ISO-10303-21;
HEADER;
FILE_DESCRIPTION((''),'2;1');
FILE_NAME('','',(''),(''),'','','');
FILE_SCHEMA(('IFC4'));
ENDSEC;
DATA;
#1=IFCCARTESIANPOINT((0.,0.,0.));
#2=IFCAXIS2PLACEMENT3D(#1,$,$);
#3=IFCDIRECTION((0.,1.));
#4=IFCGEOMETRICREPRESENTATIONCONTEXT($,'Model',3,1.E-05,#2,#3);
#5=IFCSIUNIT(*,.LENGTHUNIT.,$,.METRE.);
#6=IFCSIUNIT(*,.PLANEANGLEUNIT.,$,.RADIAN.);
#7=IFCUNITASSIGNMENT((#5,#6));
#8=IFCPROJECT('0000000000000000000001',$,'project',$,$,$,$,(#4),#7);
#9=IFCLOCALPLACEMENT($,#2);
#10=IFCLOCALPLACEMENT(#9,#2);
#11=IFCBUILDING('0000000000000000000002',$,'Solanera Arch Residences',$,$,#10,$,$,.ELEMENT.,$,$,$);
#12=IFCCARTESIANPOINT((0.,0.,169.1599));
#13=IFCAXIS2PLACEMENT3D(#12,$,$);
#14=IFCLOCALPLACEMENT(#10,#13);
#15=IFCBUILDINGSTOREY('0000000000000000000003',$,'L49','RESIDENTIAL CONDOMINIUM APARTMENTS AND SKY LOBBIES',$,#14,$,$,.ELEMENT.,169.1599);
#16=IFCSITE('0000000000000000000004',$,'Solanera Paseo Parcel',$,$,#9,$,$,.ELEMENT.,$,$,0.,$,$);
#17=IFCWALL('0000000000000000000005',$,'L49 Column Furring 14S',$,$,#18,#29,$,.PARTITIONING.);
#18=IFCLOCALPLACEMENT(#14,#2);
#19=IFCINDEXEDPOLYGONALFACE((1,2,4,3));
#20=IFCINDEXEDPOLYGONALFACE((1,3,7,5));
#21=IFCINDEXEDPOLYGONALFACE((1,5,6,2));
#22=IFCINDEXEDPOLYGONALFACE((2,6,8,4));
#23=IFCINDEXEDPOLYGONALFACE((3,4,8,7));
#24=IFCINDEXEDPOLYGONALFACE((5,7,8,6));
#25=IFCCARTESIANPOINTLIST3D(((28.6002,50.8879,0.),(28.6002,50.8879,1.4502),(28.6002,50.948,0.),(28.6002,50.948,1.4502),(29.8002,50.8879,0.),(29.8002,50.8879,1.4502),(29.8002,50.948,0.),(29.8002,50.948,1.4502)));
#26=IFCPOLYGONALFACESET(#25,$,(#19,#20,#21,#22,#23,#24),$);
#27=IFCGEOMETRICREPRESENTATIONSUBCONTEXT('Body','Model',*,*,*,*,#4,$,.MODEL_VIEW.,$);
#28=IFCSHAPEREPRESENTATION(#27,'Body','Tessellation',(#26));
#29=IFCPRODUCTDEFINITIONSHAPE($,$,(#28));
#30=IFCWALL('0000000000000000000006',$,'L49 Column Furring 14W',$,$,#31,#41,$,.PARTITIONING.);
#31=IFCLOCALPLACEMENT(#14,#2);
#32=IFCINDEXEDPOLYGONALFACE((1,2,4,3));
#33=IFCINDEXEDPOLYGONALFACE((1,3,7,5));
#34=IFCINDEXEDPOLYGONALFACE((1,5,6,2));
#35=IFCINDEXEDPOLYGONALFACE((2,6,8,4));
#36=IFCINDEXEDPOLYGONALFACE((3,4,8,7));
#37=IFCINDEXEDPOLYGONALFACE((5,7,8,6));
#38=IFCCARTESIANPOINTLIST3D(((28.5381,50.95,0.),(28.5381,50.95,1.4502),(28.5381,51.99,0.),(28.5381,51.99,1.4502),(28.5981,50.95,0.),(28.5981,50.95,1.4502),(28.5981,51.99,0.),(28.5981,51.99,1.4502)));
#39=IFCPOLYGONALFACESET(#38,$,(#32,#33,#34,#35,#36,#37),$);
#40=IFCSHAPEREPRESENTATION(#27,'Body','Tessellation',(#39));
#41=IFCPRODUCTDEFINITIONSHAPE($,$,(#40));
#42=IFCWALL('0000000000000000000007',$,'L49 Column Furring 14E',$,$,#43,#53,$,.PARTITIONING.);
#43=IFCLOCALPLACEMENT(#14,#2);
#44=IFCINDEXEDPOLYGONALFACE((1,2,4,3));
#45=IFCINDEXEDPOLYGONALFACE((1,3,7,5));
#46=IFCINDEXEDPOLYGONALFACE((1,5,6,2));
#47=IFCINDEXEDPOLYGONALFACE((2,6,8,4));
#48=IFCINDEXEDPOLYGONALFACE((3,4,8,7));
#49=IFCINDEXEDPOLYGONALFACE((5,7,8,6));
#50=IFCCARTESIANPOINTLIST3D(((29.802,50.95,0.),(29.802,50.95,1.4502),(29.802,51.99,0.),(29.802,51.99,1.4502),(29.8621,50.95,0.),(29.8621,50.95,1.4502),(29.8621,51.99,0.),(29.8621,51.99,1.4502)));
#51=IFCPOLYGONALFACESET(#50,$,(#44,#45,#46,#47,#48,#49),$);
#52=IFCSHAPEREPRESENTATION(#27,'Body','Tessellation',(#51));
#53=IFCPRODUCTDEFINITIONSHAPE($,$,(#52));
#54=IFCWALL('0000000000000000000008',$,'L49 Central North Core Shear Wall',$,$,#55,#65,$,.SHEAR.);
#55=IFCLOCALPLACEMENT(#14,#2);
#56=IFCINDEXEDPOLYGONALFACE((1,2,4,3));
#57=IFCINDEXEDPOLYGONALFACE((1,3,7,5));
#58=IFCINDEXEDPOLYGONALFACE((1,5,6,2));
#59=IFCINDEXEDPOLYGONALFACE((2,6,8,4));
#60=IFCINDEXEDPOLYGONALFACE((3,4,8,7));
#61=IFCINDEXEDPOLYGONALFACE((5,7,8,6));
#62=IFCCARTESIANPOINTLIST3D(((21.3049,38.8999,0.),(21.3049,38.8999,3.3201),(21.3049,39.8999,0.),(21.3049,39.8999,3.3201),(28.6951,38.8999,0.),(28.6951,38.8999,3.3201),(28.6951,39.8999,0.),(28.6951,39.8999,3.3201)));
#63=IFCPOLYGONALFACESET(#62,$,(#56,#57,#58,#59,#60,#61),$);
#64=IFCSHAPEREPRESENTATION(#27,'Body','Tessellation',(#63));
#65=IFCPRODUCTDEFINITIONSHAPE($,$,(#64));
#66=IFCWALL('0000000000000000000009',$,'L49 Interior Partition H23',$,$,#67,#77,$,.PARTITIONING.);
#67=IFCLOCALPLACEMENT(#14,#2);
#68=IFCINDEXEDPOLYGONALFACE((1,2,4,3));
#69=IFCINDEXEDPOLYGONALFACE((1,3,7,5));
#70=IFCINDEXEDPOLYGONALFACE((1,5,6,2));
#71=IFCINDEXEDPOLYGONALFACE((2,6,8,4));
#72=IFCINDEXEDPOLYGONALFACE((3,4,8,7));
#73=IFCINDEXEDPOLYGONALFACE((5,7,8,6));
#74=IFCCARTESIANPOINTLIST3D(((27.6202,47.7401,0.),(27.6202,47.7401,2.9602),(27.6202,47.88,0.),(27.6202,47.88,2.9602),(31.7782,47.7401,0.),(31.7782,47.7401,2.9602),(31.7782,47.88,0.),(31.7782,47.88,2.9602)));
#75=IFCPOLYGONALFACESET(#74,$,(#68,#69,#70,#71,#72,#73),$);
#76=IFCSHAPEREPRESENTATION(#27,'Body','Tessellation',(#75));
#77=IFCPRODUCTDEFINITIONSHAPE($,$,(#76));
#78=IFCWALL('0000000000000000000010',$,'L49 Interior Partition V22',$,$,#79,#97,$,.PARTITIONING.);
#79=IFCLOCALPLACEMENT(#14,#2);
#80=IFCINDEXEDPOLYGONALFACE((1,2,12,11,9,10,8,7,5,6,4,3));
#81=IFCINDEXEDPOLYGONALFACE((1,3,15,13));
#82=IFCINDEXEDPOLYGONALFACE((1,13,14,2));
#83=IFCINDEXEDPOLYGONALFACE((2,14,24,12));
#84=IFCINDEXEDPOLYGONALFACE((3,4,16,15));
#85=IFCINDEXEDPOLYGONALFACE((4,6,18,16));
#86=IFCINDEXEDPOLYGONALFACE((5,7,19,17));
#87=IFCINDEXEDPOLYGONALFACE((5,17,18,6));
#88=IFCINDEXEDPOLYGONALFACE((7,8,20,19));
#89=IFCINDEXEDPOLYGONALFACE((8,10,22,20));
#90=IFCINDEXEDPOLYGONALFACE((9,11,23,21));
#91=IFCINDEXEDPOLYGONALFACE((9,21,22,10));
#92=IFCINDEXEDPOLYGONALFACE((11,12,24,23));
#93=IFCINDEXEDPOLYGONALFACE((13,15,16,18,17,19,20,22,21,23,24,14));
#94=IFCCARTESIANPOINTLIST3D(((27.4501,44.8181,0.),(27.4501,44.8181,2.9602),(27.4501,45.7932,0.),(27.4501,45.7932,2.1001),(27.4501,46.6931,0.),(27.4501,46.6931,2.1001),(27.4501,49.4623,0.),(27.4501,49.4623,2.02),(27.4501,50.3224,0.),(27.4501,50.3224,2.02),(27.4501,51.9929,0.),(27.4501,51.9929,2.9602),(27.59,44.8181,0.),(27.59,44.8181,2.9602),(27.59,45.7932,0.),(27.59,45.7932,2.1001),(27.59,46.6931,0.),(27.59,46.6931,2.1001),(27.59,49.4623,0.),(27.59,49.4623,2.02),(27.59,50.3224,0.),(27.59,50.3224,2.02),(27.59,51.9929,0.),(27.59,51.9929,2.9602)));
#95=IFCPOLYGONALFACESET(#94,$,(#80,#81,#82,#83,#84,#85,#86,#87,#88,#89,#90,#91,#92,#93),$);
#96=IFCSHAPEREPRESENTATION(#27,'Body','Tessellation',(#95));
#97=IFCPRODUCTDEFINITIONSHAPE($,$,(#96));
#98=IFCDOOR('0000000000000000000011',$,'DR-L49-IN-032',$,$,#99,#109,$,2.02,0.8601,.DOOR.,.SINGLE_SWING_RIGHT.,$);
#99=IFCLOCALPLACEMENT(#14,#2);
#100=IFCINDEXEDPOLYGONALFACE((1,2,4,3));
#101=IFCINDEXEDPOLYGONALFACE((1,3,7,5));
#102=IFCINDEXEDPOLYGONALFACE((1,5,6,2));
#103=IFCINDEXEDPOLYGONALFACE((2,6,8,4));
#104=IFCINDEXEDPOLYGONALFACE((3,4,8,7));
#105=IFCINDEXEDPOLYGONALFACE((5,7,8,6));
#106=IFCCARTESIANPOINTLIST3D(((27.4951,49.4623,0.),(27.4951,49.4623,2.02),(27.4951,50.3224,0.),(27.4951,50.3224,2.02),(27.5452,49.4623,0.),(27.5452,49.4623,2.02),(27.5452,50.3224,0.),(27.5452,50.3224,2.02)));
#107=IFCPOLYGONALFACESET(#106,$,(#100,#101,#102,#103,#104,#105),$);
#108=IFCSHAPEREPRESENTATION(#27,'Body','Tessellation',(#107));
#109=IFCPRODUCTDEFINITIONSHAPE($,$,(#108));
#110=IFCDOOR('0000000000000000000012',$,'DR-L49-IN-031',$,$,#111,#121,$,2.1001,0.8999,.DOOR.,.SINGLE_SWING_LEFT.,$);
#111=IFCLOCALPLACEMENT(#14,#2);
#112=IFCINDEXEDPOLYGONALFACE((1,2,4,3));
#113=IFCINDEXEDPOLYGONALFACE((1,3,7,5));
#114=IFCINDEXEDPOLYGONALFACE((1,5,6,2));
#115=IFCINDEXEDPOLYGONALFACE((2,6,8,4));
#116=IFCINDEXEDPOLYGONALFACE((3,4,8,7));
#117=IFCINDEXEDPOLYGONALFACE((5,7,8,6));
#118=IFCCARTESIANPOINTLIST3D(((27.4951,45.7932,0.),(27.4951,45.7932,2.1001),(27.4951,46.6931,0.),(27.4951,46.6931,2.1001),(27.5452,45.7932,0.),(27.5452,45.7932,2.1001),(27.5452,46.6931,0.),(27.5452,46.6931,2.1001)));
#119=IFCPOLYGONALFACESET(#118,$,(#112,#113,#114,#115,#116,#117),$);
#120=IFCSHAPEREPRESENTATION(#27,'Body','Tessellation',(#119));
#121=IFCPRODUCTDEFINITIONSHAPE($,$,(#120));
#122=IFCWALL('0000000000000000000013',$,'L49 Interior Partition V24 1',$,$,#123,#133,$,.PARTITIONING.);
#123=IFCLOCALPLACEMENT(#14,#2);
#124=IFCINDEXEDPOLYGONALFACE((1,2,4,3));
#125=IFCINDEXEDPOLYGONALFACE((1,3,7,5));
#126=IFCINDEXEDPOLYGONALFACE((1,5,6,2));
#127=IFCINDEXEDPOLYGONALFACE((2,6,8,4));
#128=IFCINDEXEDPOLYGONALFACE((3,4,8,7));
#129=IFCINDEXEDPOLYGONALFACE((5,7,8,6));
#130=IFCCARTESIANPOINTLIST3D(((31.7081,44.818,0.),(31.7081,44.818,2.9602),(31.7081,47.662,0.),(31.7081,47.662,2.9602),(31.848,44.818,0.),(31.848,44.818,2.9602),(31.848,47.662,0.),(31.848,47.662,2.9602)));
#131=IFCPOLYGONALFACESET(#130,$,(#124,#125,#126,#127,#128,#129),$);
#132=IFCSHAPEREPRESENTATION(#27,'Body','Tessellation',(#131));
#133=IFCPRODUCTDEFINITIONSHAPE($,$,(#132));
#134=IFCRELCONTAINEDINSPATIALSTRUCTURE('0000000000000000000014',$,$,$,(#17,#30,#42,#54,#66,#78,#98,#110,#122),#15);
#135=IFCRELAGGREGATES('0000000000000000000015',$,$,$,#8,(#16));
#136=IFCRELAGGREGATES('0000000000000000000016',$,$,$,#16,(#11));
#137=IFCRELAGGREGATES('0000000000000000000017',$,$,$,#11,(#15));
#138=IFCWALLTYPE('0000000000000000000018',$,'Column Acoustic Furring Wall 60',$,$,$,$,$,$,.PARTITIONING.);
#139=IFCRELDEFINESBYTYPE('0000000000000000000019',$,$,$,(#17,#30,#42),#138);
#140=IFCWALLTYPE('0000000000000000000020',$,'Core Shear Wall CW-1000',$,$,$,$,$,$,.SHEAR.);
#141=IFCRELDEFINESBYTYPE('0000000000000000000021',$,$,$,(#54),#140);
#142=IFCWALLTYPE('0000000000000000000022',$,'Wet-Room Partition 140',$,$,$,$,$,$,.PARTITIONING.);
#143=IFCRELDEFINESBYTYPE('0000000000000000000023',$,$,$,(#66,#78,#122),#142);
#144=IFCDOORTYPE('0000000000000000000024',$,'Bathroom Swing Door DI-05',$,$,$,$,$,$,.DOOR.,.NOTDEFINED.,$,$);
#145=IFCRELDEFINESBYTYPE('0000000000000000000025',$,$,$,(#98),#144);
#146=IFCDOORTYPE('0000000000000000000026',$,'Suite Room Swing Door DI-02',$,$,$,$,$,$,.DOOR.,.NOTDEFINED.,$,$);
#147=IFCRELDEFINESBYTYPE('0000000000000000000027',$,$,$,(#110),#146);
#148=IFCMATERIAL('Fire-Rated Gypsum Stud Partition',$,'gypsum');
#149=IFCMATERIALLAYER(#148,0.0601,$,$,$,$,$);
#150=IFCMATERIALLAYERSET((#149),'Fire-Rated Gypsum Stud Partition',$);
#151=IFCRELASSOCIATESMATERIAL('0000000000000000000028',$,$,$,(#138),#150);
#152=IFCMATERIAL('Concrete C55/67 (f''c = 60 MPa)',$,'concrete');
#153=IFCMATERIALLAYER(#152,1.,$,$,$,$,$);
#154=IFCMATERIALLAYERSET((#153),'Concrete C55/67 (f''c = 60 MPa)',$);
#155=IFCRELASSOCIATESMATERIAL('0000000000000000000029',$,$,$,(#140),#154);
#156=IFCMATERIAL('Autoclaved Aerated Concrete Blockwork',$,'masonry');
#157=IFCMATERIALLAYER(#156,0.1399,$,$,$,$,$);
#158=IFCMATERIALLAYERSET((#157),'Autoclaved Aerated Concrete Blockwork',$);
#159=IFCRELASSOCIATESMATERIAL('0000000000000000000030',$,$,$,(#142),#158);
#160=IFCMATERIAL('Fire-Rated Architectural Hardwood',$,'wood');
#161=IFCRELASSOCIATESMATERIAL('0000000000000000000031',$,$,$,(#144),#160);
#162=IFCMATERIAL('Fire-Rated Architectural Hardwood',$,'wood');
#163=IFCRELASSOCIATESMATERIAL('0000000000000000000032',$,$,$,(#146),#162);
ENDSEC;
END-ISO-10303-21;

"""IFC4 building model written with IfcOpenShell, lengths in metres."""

from ifc_helpers import new_model, si_unit, direction, frame, frame_2d, origin, place, context, subcontext, project, spatial, rectangle, extrude, material, layer, layer_set, type_object, element, fill, save


model = new_model("IFC4")

# Units and contexts
model_context = context("Model", 3, precision=1e-05, world=origin(), true_north=direction((0.0, 1.0)))
body_context = subcontext(model_context, "Body", "Model", "MODEL_VIEW")
ifc_project = project(units=[si_unit("LENGTHUNIT", "METRE"), si_unit("PLANEANGLEUNIT", "RADIAN")], contexts=[model_context])

# Site, building, storey
site_placement = place(None, origin())
site = spatial("IfcSite", under=ifc_project, at=site_placement, Name="Solanera Paseo Parcel", CompositionType="ELEMENT", RefElevation=0.0)
building_placement = place(site_placement, origin())
building = spatial("IfcBuilding", under=site, at=building_placement, Name="Solanera Arch Residences", CompositionType="ELEMENT")
storey_placement = place(building_placement, frame((0.0, 0.0, 169.1599)))
storey = spatial("IfcBuildingStorey", under=building, at=storey_placement, Name="L49", Description="RESIDENTIAL CONDOMINIUM APARTMENTS AND SKY LOBBIES", CompositionType="ELEMENT", Elevation=169.1599)

# Walls
ifc_material_1 = material(Name="Fire-Rated Gypsum Stud Partition", Category="gypsum")
ifc_layer_1 = layer(ifc_material_1, 0.0601)
ifc_layer_set_1 = layer_set([ifc_layer_1], Name="Fire-Rated Gypsum Stud Partition")
wall_type_1 = type_object("IfcWallType", Name="Column Acoustic Furring Wall 60", PredefinedType="PARTITIONING", material=ifc_layer_set_1)
wall_1_placement = place(storey_placement, frame((28.6001, 50.918, 0.0), z_axis=(0.0, 0.0, 1.0), x_axis=(1.0, 0.0, 0.0)))
element("IfcWall", 1, at=wall_1_placement, inside=storey, type_object=wall_type_1, Name="L49 Column Furring 14S", PredefinedType="PARTITIONING", context=body_context, shape_type="SweptSolid", body=[
    extrude(rectangle(XDim=1.2, YDim=0.0601, at=frame_2d((0.6001, 0.0))), origin(), (0.0, 0.0, 1.0), 1.4502),
])
for number, where, z_axis, x_axis, name in (
    (2, (28.5681, 50.95, 0.0), (0.0, 0.0, 1.0), (0.0, 1.0, 0.0), "L49 Column Furring 14W"),
    (3, (29.832, 50.95, 0.0), (0.0, 0.0, 1.0), (0.0, 1.0, 0.0), "L49 Column Furring 14E"),
):
    element("IfcWall", number, at=place(storey_placement, frame(where, z_axis=z_axis, x_axis=x_axis)), inside=storey, type_object=wall_type_1, Name=name, PredefinedType="PARTITIONING", context=body_context, shape_type="SweptSolid", body=[
        extrude(rectangle(XDim=1.04, YDim=0.0601, at=frame_2d((0.52, 0.0))), origin(), (0.0, 0.0, 1.0), 1.4502),
    ])
ifc_material_2 = material(Name="Concrete C55/67 (f'c = 60 MPa)", Category="concrete")
ifc_layer_2 = layer(ifc_material_2, 1.0)
ifc_layer_set_2 = layer_set([ifc_layer_2], Name="Concrete C55/67 (f'c = 60 MPa)")
wall_type_2 = type_object("IfcWallType", Name="Core Shear Wall CW-1000", PredefinedType="SHEAR", material=ifc_layer_set_2)
wall_2_placement = place(storey_placement, frame((21.3049, 39.3999, 0.0), z_axis=(0.0, 0.0, 1.0), x_axis=(1.0, 0.0, 0.0)))
element("IfcWall", 4, at=wall_2_placement, inside=storey, type_object=wall_type_2, Name="L49 Central North Core Shear Wall", PredefinedType="SHEAR", context=body_context, shape_type="SweptSolid", body=[
    extrude(rectangle(XDim=7.3901, YDim=1.0, at=frame_2d((3.6951, 0.0))), origin(), (0.0, 0.0, 1.0), 3.3201),
])
ifc_material_3 = material(Name="Autoclaved Aerated Concrete Blockwork", Category="masonry")
ifc_layer_3 = layer(ifc_material_3, 0.1399)
ifc_layer_set_3 = layer_set([ifc_layer_3], Name="Autoclaved Aerated Concrete Blockwork")
wall_type_3 = type_object("IfcWallType", Name="Wet-Room Partition 140", PredefinedType="PARTITIONING", material=ifc_layer_set_3)
wall_3_placement = place(storey_placement, frame((27.6201, 47.8101, 0.0), z_axis=(0.0, 0.0, 1.0), x_axis=(1.0, 0.0, 0.0)))
element("IfcWall", 5, at=wall_3_placement, inside=storey, type_object=wall_type_3, Name="L49 Interior Partition H23", PredefinedType="PARTITIONING", context=body_context, shape_type="SweptSolid", body=[
    extrude(rectangle(XDim=4.158, YDim=0.1399, at=frame_2d((2.0791, 0.0))), origin(), (0.0, 0.0, 1.0), 2.9602),
])

# Wall, openings, doors
wall_4_placement = place(storey_placement, frame((27.52, 44.8181, 0.0), z_axis=(0.0, 0.0, 1.0), x_axis=(0.0, 1.0, 0.0)))
wall_4 = element("IfcWall", 6, at=wall_4_placement, inside=storey, type_object=wall_type_3, Name="L49 Interior Partition V22", PredefinedType="PARTITIONING", context=body_context, shape_type="SweptSolid", body=[
    extrude(rectangle(XDim=7.1748, YDim=0.1399, at=frame_2d((3.5874, 0.0))), origin(), (0.0, 0.0, 1.0), 2.9602),
])
opening_1_placement = place(wall_4_placement, frame((0.9751, 0.0, 0.0)))
opening_1 = element("IfcOpeningElement", 7, at=opening_1_placement, cuts=wall_4, PredefinedType="OPENING", context=body_context, shape_type="SweptSolid", body=[
    extrude(rectangle(XDim=0.8999, YDim=2.1001, at=frame_2d((0.45, 1.05))), frame((0.0, 0.0798, 0.0), z_axis=(0.0, -1.0, 0.0), x_axis=(1.0, 0.0, 0.0)), (0.0, 0.0, 1.0), 0.1599),
])
opening_2_placement = place(wall_4_placement, frame((4.644, 0.0, 0.0)))
opening_2 = element("IfcOpeningElement", 8, at=opening_2_placement, cuts=wall_4, PredefinedType="OPENING", context=body_context, shape_type="SweptSolid", body=[
    extrude(rectangle(XDim=0.8601, YDim=2.02, at=frame_2d((0.4302, 1.01))), frame((0.0, 0.0798, 0.0), z_axis=(0.0, -1.0, 0.0), x_axis=(1.0, 0.0, 0.0)), (0.0, 0.0, 1.0), 0.1599),
])
ifc_material_4 = material(Name="Fire-Rated Architectural Hardwood", Category="wood")
door_type_1 = type_object("IfcDoorType", Name="Bathroom Swing Door DI-05", OperationType="NOTDEFINED", PredefinedType="DOOR", material=ifc_material_4)
door_1_placement = place(opening_2_placement, origin())
door_1 = element("IfcDoor", 9, at=door_1_placement, inside=storey, type_object=door_type_1, Name="DR-L49-IN-032", OperationType="SINGLE_SWING_RIGHT", OverallHeight=2.02, OverallWidth=0.8601, PredefinedType="DOOR", context=body_context, shape_type="SweptSolid", body=[
    extrude(rectangle(XDim=0.8601, YDim=2.02, at=frame_2d((0.4302, 1.01))), frame((0.0, 0.0249, 0.0), z_axis=(0.0, -1.0, 0.0), x_axis=(1.0, 0.0, 0.0)), (0.0, 0.0, 1.0), 0.05),
])
fill(opening_2, door_1)
ifc_material_5 = material(Name="Fire-Rated Architectural Hardwood", Category="wood")
door_type_2 = type_object("IfcDoorType", Name="Suite Room Swing Door DI-02", OperationType="NOTDEFINED", PredefinedType="DOOR", material=ifc_material_5)
door_2_placement = place(opening_1_placement, origin())
door_2 = element("IfcDoor", 10, at=door_2_placement, inside=storey, type_object=door_type_2, Name="DR-L49-IN-031", OperationType="SINGLE_SWING_LEFT", OverallHeight=2.1001, OverallWidth=0.8999, PredefinedType="DOOR", context=body_context, shape_type="SweptSolid", body=[
    extrude(rectangle(XDim=0.8999, YDim=2.1001, at=frame_2d((0.45, 1.05))), frame((0.0, 0.0249, 0.0), z_axis=(0.0, -1.0, 0.0), x_axis=(1.0, 0.0, 0.0)), (0.0, 0.0, 1.0), 0.05),
])
fill(opening_1, door_2)

# Wall
wall_5_placement = place(storey_placement, frame((31.7781, 44.8181, 0.0), z_axis=(0.0, 0.0, 1.0), x_axis=(0.0, 1.0, 0.0)))
element("IfcWall", 11, at=wall_5_placement, inside=storey, type_object=wall_type_3, Name="L49 Interior Partition V24 1", PredefinedType="PARTITIONING", context=body_context, shape_type="SweptSolid", body=[
    extrude(rectangle(XDim=2.844, YDim=0.1399, at=frame_2d((1.4219, 0.0))), origin(), (0.0, 0.0, 1.0), 2.9602),
])

save(model, "model.ifc")
